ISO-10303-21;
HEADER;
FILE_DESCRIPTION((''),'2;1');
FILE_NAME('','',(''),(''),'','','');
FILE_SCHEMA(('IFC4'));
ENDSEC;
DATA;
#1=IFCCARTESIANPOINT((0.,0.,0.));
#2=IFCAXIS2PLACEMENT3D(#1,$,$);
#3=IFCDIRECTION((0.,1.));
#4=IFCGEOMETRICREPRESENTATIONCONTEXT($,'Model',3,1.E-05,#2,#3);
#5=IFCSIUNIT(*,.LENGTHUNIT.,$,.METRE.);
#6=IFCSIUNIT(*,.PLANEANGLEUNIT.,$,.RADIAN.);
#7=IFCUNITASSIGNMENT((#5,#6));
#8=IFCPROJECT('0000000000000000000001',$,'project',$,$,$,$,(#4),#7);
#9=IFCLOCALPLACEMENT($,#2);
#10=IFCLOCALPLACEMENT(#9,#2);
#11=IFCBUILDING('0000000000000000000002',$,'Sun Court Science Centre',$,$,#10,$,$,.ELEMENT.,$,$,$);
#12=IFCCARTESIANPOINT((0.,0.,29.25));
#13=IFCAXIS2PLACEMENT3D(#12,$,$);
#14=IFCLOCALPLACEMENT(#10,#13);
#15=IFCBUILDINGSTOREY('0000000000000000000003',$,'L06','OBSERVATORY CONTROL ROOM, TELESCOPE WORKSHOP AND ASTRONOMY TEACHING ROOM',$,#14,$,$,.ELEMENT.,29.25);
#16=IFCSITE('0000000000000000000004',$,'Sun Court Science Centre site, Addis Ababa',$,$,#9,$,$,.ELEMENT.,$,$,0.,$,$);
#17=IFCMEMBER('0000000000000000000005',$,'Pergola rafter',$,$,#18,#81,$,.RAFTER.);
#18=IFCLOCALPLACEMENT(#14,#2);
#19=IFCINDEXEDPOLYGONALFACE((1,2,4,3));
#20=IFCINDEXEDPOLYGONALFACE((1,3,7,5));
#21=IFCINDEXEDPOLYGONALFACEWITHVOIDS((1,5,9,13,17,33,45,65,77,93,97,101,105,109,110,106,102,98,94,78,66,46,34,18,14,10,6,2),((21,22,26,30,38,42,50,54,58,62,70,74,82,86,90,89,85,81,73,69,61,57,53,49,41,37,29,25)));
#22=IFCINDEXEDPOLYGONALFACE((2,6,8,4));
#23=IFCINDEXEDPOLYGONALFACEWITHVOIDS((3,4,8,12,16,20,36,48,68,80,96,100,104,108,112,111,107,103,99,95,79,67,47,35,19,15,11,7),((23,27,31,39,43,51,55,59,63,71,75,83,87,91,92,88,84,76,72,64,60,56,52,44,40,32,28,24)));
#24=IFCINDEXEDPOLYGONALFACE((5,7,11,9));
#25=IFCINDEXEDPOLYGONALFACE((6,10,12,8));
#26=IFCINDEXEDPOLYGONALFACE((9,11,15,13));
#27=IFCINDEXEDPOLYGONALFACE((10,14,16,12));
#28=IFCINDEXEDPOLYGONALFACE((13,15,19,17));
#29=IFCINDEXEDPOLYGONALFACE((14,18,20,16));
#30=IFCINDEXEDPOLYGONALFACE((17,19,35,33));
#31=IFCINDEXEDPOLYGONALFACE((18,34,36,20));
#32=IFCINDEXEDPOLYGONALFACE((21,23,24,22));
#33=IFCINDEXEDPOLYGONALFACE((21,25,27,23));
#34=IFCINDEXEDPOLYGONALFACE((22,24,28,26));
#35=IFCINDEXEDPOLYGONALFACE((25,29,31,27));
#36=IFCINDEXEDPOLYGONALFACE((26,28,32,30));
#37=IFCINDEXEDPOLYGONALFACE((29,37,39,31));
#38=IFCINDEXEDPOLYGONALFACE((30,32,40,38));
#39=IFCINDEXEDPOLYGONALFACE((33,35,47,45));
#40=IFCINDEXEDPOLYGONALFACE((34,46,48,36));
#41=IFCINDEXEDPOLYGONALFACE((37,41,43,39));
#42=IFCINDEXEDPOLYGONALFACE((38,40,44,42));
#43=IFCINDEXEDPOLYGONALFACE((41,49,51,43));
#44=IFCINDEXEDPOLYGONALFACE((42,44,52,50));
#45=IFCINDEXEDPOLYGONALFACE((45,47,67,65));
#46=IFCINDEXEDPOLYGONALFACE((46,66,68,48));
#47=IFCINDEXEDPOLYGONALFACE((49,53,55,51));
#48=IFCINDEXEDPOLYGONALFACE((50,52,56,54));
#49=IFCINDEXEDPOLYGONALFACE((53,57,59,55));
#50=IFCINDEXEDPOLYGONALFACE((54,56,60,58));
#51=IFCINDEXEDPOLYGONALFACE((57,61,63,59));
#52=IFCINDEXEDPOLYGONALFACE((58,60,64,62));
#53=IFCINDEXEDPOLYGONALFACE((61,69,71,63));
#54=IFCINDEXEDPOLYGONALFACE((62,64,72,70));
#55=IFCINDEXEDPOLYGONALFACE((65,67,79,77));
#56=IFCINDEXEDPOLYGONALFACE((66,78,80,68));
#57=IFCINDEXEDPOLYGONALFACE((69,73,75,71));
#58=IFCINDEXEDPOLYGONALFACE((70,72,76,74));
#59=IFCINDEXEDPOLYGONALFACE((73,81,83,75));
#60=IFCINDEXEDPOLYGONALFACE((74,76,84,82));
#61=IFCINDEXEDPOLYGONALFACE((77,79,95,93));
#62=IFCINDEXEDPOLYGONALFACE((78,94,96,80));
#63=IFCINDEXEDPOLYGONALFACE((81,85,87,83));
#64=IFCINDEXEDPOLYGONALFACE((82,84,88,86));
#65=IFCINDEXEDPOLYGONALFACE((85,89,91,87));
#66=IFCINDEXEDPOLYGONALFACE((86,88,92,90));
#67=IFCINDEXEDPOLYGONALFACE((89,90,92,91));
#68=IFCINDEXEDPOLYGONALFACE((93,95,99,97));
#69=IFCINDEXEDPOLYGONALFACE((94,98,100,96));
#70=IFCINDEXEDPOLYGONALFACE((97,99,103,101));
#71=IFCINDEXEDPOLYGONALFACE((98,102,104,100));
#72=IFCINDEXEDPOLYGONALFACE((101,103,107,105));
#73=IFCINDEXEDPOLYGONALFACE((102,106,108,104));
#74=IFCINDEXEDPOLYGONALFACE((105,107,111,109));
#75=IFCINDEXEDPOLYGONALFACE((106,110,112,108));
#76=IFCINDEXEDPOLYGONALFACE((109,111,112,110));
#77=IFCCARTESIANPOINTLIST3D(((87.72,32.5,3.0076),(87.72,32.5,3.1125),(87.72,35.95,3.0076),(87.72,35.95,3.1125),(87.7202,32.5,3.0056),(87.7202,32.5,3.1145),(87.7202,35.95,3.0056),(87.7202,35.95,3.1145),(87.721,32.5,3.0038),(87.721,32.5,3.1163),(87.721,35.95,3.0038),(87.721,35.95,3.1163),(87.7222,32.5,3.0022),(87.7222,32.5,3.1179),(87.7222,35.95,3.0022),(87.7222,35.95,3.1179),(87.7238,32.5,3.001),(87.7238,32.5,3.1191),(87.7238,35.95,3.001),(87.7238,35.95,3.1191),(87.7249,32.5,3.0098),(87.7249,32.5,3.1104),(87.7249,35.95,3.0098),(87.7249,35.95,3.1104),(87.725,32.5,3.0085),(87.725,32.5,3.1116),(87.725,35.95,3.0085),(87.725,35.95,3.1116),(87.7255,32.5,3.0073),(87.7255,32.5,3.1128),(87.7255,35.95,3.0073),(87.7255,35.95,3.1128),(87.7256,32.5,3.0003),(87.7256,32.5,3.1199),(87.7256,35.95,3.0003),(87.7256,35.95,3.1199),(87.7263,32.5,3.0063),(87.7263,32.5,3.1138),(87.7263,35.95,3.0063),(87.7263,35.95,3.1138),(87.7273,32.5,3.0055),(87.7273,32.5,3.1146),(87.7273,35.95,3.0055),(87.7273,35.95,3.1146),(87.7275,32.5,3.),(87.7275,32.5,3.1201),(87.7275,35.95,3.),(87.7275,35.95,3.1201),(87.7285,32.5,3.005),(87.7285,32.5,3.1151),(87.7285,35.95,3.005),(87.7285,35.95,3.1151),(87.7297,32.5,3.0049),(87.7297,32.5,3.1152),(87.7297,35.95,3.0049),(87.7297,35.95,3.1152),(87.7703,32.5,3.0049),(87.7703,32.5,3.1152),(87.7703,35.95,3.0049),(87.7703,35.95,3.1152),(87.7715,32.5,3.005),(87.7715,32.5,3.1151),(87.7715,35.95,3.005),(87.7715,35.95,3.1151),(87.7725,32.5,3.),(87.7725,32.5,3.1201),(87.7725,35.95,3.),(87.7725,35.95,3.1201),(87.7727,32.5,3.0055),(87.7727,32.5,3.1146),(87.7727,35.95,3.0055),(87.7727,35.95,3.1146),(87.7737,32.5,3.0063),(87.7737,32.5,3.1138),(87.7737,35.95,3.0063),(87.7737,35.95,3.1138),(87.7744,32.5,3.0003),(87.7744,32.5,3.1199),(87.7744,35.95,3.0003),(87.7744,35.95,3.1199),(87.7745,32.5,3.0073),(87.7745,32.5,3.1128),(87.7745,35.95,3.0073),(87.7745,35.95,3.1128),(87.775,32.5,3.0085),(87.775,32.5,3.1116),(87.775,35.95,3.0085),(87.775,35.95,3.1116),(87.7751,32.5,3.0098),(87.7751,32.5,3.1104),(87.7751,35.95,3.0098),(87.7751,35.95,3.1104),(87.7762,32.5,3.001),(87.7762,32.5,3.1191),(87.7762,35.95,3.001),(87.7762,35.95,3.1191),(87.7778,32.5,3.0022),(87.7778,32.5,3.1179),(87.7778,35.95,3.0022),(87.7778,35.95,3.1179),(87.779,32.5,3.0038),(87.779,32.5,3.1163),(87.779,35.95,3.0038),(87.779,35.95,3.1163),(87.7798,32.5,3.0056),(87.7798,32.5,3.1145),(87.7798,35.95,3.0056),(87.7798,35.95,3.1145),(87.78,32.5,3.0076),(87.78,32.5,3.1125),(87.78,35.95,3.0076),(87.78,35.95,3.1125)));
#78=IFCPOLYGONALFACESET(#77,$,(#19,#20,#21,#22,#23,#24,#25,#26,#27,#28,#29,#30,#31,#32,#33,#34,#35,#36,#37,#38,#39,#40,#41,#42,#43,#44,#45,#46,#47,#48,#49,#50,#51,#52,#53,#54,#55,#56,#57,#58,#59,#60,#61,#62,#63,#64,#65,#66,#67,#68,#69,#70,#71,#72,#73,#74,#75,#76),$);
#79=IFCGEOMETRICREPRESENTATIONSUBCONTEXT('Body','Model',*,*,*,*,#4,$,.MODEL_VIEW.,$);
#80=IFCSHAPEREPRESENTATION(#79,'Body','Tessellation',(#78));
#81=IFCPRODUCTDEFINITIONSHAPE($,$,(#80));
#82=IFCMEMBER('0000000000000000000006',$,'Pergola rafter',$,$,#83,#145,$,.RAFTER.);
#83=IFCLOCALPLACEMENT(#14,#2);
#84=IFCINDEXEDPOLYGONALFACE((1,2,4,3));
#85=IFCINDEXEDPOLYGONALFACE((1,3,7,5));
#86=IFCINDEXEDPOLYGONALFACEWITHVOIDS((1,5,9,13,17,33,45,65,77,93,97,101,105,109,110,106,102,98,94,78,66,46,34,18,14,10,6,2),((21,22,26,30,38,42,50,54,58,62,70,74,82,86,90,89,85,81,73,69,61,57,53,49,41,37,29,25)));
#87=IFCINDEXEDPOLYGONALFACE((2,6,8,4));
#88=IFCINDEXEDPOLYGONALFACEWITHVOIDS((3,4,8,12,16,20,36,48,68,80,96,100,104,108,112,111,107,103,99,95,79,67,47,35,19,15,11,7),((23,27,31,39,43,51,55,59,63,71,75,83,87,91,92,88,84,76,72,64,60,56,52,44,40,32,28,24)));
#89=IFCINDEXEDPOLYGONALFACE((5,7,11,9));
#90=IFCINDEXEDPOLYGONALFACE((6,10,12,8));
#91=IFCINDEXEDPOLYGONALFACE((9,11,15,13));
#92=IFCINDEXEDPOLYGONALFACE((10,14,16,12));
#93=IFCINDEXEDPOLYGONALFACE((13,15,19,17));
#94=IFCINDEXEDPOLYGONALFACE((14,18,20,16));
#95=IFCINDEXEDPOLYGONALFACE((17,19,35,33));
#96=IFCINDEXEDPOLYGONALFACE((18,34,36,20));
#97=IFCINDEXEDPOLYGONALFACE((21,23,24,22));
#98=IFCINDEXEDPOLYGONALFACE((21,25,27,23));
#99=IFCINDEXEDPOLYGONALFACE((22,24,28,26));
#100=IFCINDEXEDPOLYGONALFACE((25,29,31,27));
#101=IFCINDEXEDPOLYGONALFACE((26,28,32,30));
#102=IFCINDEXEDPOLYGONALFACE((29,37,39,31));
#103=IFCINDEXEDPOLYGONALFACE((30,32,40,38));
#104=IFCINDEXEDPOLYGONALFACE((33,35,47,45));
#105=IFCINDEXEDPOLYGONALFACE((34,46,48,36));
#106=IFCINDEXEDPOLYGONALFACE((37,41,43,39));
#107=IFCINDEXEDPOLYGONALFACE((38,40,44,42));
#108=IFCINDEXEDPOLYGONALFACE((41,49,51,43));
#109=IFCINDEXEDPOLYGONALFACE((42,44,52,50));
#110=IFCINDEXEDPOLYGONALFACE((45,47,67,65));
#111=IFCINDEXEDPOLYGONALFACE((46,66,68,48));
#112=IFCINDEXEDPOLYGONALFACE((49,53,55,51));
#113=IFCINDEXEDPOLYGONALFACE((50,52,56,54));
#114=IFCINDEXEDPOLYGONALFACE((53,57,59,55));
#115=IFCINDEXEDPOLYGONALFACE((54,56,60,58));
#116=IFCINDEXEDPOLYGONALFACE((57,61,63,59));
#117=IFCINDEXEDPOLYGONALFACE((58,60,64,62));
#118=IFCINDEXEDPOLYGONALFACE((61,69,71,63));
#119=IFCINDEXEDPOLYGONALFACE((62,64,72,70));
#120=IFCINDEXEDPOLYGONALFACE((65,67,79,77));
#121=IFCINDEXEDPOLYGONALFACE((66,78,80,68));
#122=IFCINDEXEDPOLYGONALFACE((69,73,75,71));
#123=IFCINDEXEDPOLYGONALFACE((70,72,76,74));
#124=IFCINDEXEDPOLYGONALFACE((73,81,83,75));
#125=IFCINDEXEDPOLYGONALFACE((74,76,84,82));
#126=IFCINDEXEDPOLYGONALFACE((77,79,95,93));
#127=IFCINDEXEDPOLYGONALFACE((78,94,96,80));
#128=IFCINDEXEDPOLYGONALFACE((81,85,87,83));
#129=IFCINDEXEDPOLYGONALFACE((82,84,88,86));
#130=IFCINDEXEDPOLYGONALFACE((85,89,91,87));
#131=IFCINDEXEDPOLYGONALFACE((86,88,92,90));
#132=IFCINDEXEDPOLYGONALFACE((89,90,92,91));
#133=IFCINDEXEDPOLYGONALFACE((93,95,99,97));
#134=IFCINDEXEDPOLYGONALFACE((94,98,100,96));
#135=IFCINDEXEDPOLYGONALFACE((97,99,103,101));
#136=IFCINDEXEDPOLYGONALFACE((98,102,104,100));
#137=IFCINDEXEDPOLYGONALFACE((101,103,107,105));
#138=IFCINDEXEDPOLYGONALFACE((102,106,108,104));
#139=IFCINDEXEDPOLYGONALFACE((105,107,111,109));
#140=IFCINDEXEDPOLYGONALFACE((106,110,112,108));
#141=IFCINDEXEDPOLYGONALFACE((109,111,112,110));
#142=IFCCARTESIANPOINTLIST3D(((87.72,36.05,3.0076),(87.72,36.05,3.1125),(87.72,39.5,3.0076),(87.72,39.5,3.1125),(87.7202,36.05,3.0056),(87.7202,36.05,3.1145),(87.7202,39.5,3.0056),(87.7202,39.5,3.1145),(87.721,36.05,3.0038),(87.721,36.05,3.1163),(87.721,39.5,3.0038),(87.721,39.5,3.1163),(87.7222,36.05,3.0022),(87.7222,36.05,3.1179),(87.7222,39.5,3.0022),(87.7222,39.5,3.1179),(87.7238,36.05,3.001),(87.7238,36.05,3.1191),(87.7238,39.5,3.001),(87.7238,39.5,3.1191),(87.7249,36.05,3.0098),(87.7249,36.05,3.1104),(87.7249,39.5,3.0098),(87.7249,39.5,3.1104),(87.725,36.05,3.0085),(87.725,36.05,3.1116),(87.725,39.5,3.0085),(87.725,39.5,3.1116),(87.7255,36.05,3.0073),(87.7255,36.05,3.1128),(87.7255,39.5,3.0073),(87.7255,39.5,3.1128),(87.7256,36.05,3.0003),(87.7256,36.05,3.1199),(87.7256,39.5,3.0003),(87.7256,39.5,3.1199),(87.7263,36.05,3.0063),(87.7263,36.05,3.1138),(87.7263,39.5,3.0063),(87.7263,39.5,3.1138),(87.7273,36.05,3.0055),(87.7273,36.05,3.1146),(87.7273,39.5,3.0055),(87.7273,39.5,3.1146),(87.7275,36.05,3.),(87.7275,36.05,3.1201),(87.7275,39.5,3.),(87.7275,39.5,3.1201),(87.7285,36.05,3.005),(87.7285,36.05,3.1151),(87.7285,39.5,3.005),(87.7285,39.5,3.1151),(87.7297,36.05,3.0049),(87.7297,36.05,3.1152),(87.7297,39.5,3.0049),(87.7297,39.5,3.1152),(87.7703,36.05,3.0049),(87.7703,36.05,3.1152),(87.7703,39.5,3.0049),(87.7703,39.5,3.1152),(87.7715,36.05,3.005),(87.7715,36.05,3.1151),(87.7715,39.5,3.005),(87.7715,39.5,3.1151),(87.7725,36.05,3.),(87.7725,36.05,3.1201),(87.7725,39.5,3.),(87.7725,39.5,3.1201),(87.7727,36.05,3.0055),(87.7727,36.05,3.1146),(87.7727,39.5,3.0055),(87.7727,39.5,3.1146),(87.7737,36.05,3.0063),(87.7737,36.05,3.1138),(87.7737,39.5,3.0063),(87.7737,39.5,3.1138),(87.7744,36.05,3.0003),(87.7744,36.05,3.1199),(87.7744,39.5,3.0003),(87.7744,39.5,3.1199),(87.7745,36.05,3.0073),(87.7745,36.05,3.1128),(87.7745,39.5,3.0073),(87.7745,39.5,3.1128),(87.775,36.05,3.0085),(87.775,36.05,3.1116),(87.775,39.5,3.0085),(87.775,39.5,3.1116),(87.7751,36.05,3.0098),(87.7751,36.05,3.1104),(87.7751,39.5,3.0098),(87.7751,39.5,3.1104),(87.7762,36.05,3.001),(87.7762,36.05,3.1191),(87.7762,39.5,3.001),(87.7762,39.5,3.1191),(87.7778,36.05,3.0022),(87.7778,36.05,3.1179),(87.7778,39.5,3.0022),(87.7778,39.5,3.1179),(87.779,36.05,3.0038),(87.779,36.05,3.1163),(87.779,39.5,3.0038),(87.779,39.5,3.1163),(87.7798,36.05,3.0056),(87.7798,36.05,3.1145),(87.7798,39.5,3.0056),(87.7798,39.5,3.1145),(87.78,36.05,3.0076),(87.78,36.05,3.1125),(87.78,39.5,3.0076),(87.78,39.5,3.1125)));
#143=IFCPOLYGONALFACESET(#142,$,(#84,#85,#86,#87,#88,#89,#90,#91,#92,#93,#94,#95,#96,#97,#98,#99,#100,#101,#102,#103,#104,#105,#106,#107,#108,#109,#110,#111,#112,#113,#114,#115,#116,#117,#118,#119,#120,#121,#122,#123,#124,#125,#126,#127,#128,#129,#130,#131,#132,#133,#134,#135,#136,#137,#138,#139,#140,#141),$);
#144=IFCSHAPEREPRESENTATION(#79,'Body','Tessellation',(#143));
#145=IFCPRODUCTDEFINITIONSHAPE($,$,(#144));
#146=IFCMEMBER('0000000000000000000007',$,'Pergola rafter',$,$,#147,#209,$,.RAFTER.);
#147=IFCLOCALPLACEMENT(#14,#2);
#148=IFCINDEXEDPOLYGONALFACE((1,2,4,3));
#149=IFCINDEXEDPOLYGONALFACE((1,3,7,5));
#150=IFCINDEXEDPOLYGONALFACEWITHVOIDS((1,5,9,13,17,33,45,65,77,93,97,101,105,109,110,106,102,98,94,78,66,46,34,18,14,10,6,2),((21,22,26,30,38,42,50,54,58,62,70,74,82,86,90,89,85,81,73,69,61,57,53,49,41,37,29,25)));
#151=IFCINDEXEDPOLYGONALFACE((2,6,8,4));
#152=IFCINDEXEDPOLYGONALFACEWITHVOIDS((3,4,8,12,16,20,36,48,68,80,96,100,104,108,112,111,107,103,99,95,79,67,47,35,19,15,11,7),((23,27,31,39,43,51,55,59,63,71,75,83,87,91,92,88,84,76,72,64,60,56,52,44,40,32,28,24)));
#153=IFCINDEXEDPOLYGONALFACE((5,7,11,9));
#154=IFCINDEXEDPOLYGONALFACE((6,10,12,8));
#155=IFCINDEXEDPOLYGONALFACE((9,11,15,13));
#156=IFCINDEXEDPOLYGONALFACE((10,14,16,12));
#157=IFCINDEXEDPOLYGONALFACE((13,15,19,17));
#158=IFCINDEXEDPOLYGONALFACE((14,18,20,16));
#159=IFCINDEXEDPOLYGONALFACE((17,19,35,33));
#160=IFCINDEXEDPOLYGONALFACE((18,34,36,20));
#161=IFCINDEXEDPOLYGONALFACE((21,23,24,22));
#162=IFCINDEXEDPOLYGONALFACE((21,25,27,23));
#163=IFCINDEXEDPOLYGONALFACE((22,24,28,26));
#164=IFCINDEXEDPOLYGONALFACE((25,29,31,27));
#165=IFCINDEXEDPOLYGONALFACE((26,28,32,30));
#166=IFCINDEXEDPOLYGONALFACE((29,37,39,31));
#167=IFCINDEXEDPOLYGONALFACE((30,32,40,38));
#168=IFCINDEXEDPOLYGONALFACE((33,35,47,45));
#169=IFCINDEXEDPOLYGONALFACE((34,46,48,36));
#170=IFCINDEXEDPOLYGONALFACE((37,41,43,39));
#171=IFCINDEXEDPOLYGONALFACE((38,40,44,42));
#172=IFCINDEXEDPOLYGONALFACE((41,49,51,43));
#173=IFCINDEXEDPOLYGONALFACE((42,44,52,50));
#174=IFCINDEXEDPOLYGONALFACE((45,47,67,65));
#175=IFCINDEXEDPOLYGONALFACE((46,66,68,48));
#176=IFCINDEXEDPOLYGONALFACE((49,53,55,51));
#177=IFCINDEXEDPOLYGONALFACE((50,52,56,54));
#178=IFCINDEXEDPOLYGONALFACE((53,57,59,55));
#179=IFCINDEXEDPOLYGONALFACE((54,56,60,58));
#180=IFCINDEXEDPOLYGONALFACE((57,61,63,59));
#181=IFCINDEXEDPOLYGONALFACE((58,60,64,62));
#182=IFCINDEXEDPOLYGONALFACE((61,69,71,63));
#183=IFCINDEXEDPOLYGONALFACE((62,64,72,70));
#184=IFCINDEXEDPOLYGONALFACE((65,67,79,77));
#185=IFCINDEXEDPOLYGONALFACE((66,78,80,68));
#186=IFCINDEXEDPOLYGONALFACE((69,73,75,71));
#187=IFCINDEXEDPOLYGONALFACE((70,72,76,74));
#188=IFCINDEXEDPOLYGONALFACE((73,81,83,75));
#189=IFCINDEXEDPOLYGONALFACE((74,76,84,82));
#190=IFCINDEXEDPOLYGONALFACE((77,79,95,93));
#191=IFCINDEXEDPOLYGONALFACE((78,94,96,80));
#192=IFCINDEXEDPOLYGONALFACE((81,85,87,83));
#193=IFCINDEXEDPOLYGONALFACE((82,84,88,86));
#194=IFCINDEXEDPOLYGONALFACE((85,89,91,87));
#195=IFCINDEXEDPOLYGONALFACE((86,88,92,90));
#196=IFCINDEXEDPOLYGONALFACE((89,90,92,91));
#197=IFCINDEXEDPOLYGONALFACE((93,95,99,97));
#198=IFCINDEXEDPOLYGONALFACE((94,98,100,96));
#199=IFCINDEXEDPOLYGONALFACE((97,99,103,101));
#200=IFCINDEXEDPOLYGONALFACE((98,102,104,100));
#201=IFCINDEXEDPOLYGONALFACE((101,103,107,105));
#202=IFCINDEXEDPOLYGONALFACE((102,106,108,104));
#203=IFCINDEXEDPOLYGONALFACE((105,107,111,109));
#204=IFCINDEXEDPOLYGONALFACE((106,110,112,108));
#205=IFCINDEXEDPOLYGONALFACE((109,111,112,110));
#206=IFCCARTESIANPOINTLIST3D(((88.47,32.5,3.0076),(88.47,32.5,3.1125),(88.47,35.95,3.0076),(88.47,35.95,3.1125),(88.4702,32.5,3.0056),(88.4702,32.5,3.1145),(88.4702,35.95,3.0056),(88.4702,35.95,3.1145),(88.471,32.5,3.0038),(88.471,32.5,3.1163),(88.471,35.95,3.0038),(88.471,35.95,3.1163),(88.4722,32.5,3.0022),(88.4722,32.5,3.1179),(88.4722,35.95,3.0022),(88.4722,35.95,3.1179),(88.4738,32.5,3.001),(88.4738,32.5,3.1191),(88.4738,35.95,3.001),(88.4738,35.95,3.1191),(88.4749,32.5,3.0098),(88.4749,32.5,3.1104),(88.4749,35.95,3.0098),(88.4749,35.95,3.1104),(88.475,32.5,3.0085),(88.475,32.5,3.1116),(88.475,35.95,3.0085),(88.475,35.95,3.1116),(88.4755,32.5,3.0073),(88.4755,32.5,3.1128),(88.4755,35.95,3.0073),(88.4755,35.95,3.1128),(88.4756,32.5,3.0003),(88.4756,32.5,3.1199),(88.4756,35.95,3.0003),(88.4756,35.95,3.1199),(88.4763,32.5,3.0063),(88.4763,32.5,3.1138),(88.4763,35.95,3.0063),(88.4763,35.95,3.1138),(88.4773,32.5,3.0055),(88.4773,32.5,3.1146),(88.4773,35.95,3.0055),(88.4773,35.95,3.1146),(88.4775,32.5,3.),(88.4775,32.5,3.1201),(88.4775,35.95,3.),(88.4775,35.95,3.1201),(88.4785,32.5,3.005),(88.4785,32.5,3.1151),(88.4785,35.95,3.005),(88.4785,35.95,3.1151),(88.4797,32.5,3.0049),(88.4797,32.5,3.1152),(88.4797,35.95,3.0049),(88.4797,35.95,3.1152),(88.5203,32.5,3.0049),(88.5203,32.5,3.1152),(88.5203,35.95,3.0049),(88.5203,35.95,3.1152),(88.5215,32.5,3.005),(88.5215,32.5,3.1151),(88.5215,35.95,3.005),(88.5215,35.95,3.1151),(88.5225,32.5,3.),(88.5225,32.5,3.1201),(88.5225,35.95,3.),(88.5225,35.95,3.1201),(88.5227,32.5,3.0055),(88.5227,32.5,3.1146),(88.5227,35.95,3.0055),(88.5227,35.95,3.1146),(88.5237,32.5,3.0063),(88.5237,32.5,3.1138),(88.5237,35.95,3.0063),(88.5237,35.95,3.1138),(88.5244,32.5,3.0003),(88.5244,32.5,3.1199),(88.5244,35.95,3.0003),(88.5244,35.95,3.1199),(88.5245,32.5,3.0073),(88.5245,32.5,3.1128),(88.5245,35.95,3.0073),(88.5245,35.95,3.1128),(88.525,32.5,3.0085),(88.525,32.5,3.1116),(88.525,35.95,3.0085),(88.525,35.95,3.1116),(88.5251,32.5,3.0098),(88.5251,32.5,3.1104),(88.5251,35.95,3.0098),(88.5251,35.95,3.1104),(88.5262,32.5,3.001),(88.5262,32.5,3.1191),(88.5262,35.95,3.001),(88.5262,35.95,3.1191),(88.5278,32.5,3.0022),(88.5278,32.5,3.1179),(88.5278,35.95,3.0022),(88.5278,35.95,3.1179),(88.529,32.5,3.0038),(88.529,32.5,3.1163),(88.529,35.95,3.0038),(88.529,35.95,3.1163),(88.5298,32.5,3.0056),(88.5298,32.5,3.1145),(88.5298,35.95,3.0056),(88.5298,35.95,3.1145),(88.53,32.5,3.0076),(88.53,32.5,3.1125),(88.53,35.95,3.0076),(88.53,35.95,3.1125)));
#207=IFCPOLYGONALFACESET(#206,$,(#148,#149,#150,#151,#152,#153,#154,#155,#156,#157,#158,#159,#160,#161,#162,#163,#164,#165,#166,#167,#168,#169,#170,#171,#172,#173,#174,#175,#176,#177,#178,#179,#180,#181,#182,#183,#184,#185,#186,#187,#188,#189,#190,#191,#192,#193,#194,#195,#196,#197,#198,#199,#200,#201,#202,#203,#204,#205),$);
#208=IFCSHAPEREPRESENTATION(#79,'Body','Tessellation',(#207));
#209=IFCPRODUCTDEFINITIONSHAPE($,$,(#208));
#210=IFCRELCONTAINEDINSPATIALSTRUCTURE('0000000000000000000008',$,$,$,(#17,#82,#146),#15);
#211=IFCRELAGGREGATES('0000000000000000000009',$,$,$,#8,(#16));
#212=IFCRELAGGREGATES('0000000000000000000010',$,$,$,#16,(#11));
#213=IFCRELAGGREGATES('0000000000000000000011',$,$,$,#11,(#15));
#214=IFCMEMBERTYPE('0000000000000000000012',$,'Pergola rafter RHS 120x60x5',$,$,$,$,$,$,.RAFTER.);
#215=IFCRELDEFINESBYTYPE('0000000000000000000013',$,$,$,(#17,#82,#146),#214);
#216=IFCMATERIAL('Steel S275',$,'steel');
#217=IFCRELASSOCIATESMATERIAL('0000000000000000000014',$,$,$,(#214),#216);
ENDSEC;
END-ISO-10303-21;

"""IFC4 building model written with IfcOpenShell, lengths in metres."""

from ifc_helpers import new_model, si_unit, direction, frame, origin, origin_2d, place, context, subcontext, project, spatial, hollow_rectangle, extrude, material, material_profile, profile_set, type_object, element, save


model = new_model("IFC4")

# Units and contexts
model_context = context("Model", 3, precision=1e-05, world=origin(), true_north=direction((0.0, 1.0)))
body_context = subcontext(model_context, "Body", "Model", "MODEL_VIEW")
ifc_project = project(units=[si_unit("LENGTHUNIT", "METRE"), si_unit("PLANEANGLEUNIT", "RADIAN")], contexts=[model_context])

# Site, building, storey
site_placement = place(None, origin())
site = spatial("IfcSite", under=ifc_project, at=site_placement, Name="Sun Court Science Centre site, Addis Ababa", CompositionType="ELEMENT", RefElevation=0.0)
building_placement = place(site_placement, origin())
building = spatial("IfcBuilding", under=site, at=building_placement, Name="Sun Court Science Centre", CompositionType="ELEMENT")
storey_placement = place(building_placement, frame((0.0, 0.0, 29.25)))
storey = spatial("IfcBuildingStorey", under=building, at=storey_placement, Name="L06", Description="OBSERVATORY CONTROL ROOM, TELESCOPE WORKSHOP AND ASTRONOMY TEACHING ROOM", CompositionType="ELEMENT", Elevation=29.25)

# Members
ifc_material_1 = material(Name="Steel S275", Category="steel")
ifc_material_profile_1 = material_profile(ifc_material_1, hollow_rectangle(XDim=0.0601, YDim=0.1201, WallThickness=0.0049, InnerFilletRadius=0.0049, OuterFilletRadius=0.0076, at=origin_2d()), Name="RHS 120x60x5")
ifc_profile_set_1 = profile_set([ifc_material_profile_1], Name="Steel S275")
member_type_1 = type_object("IfcMemberType", Name="Pergola rafter RHS 120x60x5", PredefinedType="RAFTER", material=ifc_profile_set_1)
for number, where, z_axis, x_axis, name in (
    (1, (87.75, 32.5, 3.0601), (0.0, 1.0, 0.0), (-1.0, 0.0, 0.0), "Pergola rafter"),
    (2, (87.75, 36.05, 3.0601), (0.0, 1.0, 0.0), (-1.0, 0.0, 0.0), "Pergola rafter"),
    (3, (88.5, 32.5, 3.0601), (0.0, 1.0, 0.0), (-1.0, 0.0, 0.0), "Pergola rafter"),
):
    element("IfcMember", number, at=place(storey_placement, frame(where, z_axis=z_axis, x_axis=x_axis)), inside=storey, type_object=member_type_1, Name=name, PredefinedType="RAFTER", context=body_context, shape_type="SweptSolid", body=[
        extrude(hollow_rectangle(XDim=0.0601, YDim=0.1201, WallThickness=0.0049, InnerFilletRadius=0.0049, OuterFilletRadius=0.0076, at=origin_2d()), origin(), (0.0, 0.0, 1.0), 3.45),
    ])

save(model, "model.ifc")
